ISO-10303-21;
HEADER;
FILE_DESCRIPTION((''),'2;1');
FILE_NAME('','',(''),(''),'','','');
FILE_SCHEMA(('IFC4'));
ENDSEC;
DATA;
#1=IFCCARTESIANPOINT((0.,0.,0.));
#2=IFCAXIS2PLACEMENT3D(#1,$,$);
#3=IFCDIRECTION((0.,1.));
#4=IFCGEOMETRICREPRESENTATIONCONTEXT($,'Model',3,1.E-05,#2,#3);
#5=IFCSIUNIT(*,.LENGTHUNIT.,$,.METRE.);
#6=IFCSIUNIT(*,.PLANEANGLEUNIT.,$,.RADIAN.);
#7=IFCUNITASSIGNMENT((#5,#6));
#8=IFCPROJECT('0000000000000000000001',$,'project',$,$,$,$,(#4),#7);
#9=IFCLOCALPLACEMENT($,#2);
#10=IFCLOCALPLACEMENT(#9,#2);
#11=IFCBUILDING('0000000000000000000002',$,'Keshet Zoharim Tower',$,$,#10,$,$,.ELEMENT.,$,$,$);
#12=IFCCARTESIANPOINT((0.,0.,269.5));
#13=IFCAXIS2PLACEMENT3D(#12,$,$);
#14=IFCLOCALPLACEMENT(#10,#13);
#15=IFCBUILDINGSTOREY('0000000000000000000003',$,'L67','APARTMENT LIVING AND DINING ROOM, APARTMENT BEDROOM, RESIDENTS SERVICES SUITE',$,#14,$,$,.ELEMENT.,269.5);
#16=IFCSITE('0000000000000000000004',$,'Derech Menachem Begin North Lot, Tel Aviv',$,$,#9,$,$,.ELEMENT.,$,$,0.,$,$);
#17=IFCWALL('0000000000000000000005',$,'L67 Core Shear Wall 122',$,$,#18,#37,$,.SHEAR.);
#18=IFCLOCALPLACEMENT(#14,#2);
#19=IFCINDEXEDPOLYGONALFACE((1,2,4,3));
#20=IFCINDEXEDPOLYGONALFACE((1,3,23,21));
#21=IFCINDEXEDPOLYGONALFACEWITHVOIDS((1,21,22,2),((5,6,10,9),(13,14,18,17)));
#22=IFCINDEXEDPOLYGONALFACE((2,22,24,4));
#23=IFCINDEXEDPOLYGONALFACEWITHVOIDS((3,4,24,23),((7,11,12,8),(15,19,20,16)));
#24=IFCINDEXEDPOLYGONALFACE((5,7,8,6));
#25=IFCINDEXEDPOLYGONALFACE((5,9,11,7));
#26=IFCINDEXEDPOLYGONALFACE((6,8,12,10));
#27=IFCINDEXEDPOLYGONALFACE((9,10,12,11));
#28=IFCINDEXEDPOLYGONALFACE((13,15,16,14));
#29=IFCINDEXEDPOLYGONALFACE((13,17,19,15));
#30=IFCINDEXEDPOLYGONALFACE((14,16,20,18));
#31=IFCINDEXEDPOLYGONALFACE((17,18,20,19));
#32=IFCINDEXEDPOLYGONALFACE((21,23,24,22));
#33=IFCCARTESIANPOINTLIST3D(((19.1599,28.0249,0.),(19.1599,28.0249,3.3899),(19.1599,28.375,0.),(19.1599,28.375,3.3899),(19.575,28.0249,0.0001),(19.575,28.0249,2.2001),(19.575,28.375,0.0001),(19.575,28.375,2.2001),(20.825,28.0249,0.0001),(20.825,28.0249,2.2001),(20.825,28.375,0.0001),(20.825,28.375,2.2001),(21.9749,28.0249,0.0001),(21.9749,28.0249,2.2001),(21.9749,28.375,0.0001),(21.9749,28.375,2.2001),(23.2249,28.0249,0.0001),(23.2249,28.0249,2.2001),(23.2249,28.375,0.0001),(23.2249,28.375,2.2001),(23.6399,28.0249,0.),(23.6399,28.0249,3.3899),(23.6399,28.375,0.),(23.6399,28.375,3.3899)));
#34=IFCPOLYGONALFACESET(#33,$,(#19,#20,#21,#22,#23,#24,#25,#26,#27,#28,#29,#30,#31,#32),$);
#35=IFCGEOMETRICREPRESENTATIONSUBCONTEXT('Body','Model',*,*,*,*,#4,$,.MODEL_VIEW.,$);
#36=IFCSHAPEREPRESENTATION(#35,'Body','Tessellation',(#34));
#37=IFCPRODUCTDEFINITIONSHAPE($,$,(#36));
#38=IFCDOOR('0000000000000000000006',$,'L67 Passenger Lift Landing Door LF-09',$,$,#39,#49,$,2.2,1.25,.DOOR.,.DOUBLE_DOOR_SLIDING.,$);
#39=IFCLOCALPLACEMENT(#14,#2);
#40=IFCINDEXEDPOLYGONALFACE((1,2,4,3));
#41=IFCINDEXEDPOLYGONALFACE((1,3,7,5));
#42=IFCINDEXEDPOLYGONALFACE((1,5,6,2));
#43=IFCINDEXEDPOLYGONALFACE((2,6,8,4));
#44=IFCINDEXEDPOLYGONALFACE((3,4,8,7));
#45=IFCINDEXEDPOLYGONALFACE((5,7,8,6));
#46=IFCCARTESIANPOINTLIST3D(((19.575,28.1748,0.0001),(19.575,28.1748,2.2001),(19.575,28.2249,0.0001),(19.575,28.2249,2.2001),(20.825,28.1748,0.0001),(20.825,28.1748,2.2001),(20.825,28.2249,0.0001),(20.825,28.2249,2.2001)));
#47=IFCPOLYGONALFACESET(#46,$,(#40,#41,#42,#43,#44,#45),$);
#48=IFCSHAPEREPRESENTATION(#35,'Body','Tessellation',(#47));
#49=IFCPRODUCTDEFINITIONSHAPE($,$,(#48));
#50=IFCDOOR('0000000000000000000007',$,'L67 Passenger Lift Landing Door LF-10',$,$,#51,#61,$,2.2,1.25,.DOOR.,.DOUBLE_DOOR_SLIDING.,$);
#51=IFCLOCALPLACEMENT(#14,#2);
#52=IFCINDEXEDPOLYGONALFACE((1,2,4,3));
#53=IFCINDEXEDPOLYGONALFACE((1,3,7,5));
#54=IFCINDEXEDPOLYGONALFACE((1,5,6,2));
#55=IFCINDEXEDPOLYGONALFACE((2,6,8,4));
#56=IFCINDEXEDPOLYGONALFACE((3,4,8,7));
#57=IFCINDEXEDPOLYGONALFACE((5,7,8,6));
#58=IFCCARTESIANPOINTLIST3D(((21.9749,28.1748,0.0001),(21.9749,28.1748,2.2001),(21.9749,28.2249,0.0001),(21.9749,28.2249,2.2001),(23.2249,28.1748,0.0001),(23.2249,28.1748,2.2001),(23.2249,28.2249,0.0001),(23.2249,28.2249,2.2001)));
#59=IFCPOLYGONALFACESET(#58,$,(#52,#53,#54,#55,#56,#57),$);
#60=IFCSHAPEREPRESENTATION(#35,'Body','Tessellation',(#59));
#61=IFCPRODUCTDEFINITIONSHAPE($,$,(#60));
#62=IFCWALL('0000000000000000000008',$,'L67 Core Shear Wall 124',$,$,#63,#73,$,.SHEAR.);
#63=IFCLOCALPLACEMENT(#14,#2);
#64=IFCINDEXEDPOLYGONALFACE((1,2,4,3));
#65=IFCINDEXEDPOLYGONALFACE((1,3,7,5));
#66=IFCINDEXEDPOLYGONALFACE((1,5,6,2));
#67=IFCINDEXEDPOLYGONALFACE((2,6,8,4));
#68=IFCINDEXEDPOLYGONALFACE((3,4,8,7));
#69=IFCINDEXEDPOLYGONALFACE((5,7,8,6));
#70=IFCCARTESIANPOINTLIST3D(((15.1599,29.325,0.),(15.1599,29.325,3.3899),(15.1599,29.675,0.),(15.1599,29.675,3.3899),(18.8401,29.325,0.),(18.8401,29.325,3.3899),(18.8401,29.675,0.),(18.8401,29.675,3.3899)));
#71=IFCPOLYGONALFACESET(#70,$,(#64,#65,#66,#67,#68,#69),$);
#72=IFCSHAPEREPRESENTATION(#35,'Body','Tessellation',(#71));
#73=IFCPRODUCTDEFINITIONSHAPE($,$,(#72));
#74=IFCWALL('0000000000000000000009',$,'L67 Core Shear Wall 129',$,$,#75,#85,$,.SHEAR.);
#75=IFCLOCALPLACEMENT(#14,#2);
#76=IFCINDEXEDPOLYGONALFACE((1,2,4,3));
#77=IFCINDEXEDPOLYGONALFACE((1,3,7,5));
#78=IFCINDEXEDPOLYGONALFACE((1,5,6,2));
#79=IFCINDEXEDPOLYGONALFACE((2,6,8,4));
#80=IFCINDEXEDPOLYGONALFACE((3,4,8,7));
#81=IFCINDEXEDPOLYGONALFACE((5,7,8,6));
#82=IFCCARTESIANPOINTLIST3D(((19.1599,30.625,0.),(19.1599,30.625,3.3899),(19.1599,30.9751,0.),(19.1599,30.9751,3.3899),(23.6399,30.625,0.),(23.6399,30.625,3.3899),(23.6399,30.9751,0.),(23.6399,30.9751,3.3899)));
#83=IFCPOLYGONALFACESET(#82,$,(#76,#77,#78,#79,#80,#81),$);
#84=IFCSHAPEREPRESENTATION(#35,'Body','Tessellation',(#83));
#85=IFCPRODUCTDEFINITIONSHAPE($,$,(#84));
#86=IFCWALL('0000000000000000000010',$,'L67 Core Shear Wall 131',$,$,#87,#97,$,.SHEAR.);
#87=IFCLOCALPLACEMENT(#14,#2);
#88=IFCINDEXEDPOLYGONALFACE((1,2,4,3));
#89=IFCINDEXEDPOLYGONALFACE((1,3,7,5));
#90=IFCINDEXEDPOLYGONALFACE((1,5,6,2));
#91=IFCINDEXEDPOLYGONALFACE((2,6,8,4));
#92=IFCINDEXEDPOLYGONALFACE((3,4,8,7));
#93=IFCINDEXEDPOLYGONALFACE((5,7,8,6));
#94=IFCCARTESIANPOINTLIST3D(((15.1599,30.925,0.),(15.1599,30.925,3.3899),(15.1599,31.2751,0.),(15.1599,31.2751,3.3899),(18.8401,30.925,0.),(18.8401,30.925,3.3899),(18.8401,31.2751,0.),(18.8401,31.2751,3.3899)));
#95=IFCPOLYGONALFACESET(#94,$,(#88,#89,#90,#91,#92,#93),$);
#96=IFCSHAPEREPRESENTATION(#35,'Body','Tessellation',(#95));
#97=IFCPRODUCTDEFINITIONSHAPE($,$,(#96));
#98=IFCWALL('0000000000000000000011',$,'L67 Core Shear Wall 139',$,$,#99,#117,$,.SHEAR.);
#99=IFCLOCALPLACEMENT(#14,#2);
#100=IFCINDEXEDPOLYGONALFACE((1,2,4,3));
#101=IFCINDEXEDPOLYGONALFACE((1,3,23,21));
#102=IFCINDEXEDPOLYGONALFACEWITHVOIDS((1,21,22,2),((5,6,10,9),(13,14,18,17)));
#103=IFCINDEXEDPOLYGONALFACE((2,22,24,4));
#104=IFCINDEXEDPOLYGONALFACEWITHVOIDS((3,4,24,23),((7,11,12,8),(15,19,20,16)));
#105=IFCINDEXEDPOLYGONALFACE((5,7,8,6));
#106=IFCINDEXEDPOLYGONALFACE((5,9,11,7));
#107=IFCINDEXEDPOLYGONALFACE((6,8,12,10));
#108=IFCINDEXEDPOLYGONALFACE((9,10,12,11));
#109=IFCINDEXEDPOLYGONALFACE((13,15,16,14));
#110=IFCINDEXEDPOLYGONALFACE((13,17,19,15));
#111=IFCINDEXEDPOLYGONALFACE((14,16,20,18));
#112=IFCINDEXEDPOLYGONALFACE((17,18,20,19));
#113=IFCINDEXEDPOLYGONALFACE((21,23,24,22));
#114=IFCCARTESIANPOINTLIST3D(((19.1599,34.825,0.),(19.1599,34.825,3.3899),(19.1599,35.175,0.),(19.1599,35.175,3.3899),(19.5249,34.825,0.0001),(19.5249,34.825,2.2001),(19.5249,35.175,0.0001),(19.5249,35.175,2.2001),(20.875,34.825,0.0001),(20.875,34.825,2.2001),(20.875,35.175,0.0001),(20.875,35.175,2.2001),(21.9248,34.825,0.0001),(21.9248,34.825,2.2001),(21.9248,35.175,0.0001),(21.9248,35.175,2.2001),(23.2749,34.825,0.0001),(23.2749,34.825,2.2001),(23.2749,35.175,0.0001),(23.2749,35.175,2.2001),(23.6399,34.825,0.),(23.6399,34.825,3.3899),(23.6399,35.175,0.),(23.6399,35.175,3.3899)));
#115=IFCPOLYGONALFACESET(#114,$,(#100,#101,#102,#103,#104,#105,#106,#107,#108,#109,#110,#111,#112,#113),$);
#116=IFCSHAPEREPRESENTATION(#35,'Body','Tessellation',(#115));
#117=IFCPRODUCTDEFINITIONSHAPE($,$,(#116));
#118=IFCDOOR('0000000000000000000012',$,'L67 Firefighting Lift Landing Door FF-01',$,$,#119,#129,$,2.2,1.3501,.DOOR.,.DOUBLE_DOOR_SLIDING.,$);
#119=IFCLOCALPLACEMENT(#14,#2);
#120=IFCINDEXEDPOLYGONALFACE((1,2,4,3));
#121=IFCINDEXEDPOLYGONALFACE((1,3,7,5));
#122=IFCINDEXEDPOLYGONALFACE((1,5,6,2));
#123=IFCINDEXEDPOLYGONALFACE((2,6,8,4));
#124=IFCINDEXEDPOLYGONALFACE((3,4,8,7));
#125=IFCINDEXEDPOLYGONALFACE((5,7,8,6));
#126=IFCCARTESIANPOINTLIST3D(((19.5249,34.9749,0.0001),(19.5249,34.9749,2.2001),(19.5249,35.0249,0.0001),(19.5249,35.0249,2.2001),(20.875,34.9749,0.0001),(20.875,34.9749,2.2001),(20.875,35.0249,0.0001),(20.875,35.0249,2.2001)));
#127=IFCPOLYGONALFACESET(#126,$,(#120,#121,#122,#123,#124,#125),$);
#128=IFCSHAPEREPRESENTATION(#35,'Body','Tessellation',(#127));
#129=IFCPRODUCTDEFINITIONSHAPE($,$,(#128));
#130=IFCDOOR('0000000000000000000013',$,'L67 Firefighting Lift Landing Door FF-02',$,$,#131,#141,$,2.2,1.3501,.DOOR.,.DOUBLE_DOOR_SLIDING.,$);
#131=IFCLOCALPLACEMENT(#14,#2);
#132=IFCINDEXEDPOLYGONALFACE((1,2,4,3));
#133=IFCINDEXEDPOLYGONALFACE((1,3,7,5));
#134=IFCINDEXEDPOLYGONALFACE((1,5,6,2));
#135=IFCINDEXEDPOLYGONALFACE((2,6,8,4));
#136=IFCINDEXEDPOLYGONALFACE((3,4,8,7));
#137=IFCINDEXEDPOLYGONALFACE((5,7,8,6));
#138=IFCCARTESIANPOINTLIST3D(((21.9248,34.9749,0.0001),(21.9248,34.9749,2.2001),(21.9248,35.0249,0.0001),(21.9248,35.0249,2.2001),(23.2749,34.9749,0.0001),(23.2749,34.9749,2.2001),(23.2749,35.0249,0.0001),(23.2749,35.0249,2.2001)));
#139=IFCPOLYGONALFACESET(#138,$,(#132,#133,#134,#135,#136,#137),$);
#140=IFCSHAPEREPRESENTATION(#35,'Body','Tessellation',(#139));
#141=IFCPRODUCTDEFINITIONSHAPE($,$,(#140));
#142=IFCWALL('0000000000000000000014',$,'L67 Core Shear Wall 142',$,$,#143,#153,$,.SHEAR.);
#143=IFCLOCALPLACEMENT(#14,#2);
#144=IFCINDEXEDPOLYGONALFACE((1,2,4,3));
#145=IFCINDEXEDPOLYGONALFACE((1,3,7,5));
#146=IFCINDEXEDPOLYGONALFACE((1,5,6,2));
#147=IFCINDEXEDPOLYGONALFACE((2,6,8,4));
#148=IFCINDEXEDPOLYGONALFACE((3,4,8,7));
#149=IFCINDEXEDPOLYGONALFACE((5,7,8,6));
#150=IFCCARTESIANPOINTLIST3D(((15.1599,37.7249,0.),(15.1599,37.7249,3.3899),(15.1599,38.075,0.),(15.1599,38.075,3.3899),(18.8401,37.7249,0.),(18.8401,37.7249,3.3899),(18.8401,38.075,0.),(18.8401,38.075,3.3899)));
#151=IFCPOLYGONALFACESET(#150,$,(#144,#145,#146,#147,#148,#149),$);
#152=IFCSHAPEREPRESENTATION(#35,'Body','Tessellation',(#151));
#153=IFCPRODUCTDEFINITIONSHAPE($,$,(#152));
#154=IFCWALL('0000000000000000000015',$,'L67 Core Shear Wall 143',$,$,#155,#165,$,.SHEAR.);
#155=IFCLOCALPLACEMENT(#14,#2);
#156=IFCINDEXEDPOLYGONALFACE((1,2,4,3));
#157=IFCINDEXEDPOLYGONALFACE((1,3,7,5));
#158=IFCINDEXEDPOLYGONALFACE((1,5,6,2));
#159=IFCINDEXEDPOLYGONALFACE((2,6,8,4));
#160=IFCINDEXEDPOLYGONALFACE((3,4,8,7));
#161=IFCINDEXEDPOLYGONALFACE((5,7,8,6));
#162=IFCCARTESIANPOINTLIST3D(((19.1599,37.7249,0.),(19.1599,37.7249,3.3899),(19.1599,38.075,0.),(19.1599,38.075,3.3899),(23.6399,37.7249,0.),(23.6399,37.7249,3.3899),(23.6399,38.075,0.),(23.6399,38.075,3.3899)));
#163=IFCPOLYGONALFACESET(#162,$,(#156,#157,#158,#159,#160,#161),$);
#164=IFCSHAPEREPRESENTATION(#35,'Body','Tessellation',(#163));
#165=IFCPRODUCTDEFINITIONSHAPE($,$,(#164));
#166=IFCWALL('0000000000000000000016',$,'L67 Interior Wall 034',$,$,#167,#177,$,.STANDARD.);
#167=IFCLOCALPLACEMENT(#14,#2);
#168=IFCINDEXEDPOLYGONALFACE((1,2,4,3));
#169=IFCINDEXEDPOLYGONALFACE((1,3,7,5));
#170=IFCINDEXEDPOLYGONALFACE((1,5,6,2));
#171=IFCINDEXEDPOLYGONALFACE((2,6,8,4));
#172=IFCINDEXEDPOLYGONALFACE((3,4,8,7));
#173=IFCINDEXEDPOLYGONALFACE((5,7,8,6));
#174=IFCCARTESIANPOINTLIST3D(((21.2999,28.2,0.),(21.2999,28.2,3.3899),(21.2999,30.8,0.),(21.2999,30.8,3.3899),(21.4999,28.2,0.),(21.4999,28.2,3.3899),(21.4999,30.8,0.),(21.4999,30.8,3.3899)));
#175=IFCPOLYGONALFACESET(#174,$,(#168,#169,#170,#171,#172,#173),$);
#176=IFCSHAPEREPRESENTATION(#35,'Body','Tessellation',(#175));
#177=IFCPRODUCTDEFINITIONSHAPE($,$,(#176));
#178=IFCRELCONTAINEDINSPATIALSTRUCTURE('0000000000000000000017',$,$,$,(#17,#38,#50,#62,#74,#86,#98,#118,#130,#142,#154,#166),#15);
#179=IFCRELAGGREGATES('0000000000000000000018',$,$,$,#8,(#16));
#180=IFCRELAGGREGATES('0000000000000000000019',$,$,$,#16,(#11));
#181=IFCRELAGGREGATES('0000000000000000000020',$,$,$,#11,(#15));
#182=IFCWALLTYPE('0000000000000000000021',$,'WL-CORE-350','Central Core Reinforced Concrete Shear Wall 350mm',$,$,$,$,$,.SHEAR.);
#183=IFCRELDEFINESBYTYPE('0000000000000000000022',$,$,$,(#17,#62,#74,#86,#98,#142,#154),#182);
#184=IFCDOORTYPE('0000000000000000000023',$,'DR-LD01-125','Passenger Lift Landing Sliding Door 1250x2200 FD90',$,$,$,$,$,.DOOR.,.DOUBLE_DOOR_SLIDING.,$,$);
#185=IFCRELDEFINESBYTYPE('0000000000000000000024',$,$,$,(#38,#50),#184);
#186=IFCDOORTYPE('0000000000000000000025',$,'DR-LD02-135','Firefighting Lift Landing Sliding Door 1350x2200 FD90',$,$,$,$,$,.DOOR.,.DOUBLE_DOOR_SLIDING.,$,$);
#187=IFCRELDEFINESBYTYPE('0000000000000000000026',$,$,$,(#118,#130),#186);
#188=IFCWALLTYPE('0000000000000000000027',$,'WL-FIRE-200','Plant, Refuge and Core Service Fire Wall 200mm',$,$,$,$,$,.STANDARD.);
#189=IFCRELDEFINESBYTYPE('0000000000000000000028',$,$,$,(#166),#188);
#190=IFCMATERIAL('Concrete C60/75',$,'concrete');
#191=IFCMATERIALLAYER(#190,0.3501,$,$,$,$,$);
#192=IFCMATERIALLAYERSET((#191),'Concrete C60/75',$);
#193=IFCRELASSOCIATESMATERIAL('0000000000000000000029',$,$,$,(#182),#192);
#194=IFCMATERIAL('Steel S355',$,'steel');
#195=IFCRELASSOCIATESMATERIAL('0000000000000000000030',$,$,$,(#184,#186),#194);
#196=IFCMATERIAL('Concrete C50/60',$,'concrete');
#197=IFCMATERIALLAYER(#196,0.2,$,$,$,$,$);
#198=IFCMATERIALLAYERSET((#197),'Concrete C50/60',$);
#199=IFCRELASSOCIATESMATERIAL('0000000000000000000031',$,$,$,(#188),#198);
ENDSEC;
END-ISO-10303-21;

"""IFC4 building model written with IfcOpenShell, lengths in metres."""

from ifc_helpers import new_model, si_unit, direction, frame, frame_2d, origin, place, context, subcontext, project, spatial, rectangle, extrude, material, layer, layer_set, type_object, element, fill, save


model = new_model("IFC4")

# Units and contexts
model_context = context("Model", 3, precision=1e-05, world=origin(), true_north=direction((0.0, 1.0)))
body_context = subcontext(model_context, "Body", "Model", "MODEL_VIEW")
ifc_project = project(units=[si_unit("LENGTHUNIT", "METRE"), si_unit("PLANEANGLEUNIT", "RADIAN")], contexts=[model_context])

# Site, building, storey
site_placement = place(None, origin())
site = spatial("IfcSite", under=ifc_project, at=site_placement, Name="Derech Menachem Begin North Lot, Tel Aviv", CompositionType="ELEMENT", RefElevation=0.0)
building_placement = place(site_placement, origin())
building = spatial("IfcBuilding", under=site, at=building_placement, Name="Keshet Zoharim Tower", CompositionType="ELEMENT")
storey_placement = place(building_placement, frame((0.0, 0.0, 269.5)))
storey = spatial("IfcBuildingStorey", under=building, at=storey_placement, Name="L67", Description="APARTMENT LIVING AND DINING ROOM, APARTMENT BEDROOM, RESIDENTS SERVICES SUITE", CompositionType="ELEMENT", Elevation=269.5)

# Shared definitions
ifc_material_1 = material(Name="Steel S355", Category="steel")

# Shared definitions
ifc_material_2 = material(Name="Concrete C60/75", Category="concrete")
ifc_layer_1 = layer(ifc_material_2, 0.3501)
ifc_layer_set_1 = layer_set([ifc_layer_1], Name="Concrete C60/75")
wall_type_1 = type_object("IfcWallType", Name="WL-CORE-350", Description="Central Core Reinforced Concrete Shear Wall 350mm", PredefinedType="SHEAR", material=ifc_layer_set_1)

# Wall, openings, doors
wall_1_placement = place(storey_placement, frame((19.1599, 28.2, 0.0), z_axis=(0.0, 0.0, 1.0), x_axis=(1.0, 0.0, 0.0)))
wall_1 = element("IfcWall", 1, at=wall_1_placement, inside=storey, type_object=wall_type_1, Name="L67 Core Shear Wall 122", PredefinedType="SHEAR", context=body_context, shape_type="SweptSolid", body=[
    extrude(rectangle(XDim=4.48, YDim=0.3501, at=frame_2d((2.24, 0.0))), origin(), (0.0, 0.0, 1.0), 3.3899),
])
opening_1_placement = place(wall_1_placement, frame((0.415, 0.0, 0.0)))
opening_1 = element("IfcOpeningElement", 2, at=opening_1_placement, cuts=wall_1, PredefinedType="OPENING", context=body_context, shape_type="SweptSolid", body=[
    extrude(rectangle(XDim=1.25, YDim=2.2, at=frame_2d((0.625, 1.1001))), frame((0.0, 0.1851, 0.0), z_axis=(0.0, -1.0, 0.0), x_axis=(1.0, 0.0, 0.0)), (0.0, 0.0, 1.0), 0.3701),
])
opening_2_placement = place(wall_1_placement, frame((2.8149, 0.0, 0.0)))
opening_2 = element("IfcOpeningElement", 3, at=opening_2_placement, cuts=wall_1, PredefinedType="OPENING", context=body_context, shape_type="SweptSolid", body=[
    extrude(rectangle(XDim=1.25, YDim=2.2, at=frame_2d((0.625, 1.1001))), frame((0.0, 0.1851, 0.0), z_axis=(0.0, -1.0, 0.0), x_axis=(1.0, 0.0, 0.0)), (0.0, 0.0, 1.0), 0.3701),
])
door_type_1 = type_object("IfcDoorType", Name="DR-LD01-125", Description="Passenger Lift Landing Sliding Door 1250x2200 FD90", OperationType="DOUBLE_DOOR_SLIDING", PredefinedType="DOOR", material=ifc_material_1)
door_1_placement = place(opening_1_placement, origin())
door_1 = element("IfcDoor", 4, at=door_1_placement, inside=storey, type_object=door_type_1, Name="L67 Passenger Lift Landing Door LF-09", OperationType="DOUBLE_DOOR_SLIDING", OverallHeight=2.2, OverallWidth=1.25, PredefinedType="DOOR", context=body_context, shape_type="SweptSolid", body=[
    extrude(rectangle(XDim=1.25, YDim=2.2, at=frame_2d((0.625, 1.1001))), frame((0.0, 0.0249, 0.0), z_axis=(0.0, -1.0, 0.0), x_axis=(1.0, 0.0, 0.0)), (0.0, 0.0, 1.0), 0.05),
])
fill(opening_1, door_1)
door_2_placement = place(opening_2_placement, origin())
door_2 = element("IfcDoor", 5, at=door_2_placement, inside=storey, type_object=door_type_1, Name="L67 Passenger Lift Landing Door LF-10", OperationType="DOUBLE_DOOR_SLIDING", OverallHeight=2.2, OverallWidth=1.25, PredefinedType="DOOR", context=body_context, shape_type="SweptSolid", body=[
    extrude(rectangle(XDim=1.25, YDim=2.2, at=frame_2d((0.625, 1.1001))), frame((0.0, 0.0249, 0.0), z_axis=(0.0, -1.0, 0.0), x_axis=(1.0, 0.0, 0.0)), (0.0, 0.0, 1.0), 0.05),
])
fill(opening_2, door_2)

# Walls
wall_2_placement = place(storey_placement, frame((15.1599, 29.5, 0.0), z_axis=(0.0, 0.0, 1.0), x_axis=(1.0, 0.0, 0.0)))
element("IfcWall", 6, at=wall_2_placement, inside=storey, type_object=wall_type_1, Name="L67 Core Shear Wall 124", PredefinedType="SHEAR", context=body_context, shape_type="SweptSolid", body=[
    extrude(rectangle(XDim=3.6802, YDim=0.3501, at=frame_2d((1.8401, 0.0))), origin(), (0.0, 0.0, 1.0), 3.3899),
])
wall_3_placement = place(storey_placement, frame((19.1599, 30.8, 0.0), z_axis=(0.0, 0.0, 1.0), x_axis=(1.0, 0.0, 0.0)))
element("IfcWall", 7, at=wall_3_placement, inside=storey, type_object=wall_type_1, Name="L67 Core Shear Wall 129", PredefinedType="SHEAR", context=body_context, shape_type="SweptSolid", body=[
    extrude(rectangle(XDim=4.48, YDim=0.3501, at=frame_2d((2.24, 0.0))), origin(), (0.0, 0.0, 1.0), 3.3899),
])
wall_4_placement = place(storey_placement, frame((15.1599, 31.1001, 0.0), z_axis=(0.0, 0.0, 1.0), x_axis=(1.0, 0.0, 0.0)))
element("IfcWall", 8, at=wall_4_placement, inside=storey, type_object=wall_type_1, Name="L67 Core Shear Wall 131", PredefinedType="SHEAR", context=body_context, shape_type="SweptSolid", body=[
    extrude(rectangle(XDim=3.6802, YDim=0.3501, at=frame_2d((1.8401, 0.0))), origin(), (0.0, 0.0, 1.0), 3.3899),
])

# Wall, openings, doors
wall_5_placement = place(storey_placement, frame((19.1599, 35.0, 0.0), z_axis=(0.0, 0.0, 1.0), x_axis=(1.0, 0.0, 0.0)))
wall_5 = element("IfcWall", 9, at=wall_5_placement, inside=storey, type_object=wall_type_1, Name="L67 Core Shear Wall 139", PredefinedType="SHEAR", context=body_context, shape_type="SweptSolid", body=[
    extrude(rectangle(XDim=4.48, YDim=0.3501, at=frame_2d((2.24, 0.0))), origin(), (0.0, 0.0, 1.0), 3.3899),
])
opening_3_placement = place(wall_5_placement, frame((0.365, 0.0, 0.0)))
opening_3 = element("IfcOpeningElement", 10, at=opening_3_placement, cuts=wall_5, PredefinedType="OPENING", context=body_context, shape_type="SweptSolid", body=[
    extrude(rectangle(XDim=1.3501, YDim=2.2, at=frame_2d((0.675, 1.1001))), frame((0.0, 0.1851, 0.0), z_axis=(0.0, -1.0, 0.0), x_axis=(1.0, 0.0, 0.0)), (0.0, 0.0, 1.0), 0.3701),
])
opening_4_placement = place(wall_5_placement, frame((2.7649, 0.0, 0.0)))
opening_4 = element("IfcOpeningElement", 11, at=opening_4_placement, cuts=wall_5, PredefinedType="OPENING", context=body_context, shape_type="SweptSolid", body=[
    extrude(rectangle(XDim=1.3501, YDim=2.2, at=frame_2d((0.675, 1.1001))), frame((0.0, 0.1851, 0.0), z_axis=(0.0, -1.0, 0.0), x_axis=(1.0, 0.0, 0.0)), (0.0, 0.0, 1.0), 0.3701),
])
door_type_2 = type_object("IfcDoorType", Name="DR-LD02-135", Description="Firefighting Lift Landing Sliding Door 1350x2200 FD90", OperationType="DOUBLE_DOOR_SLIDING", PredefinedType="DOOR", material=ifc_material_1)
door_3_placement = place(opening_3_placement, origin())
door_3 = element("IfcDoor", 12, at=door_3_placement, inside=storey, type_object=door_type_2, Name="L67 Firefighting Lift Landing Door FF-01", OperationType="DOUBLE_DOOR_SLIDING", OverallHeight=2.2, OverallWidth=1.3501, PredefinedType="DOOR", context=body_context, shape_type="SweptSolid", body=[
    extrude(rectangle(XDim=1.3501, YDim=2.2, at=frame_2d((0.675, 1.1001))), frame((0.0, 0.0249, 0.0), z_axis=(0.0, -1.0, 0.0), x_axis=(1.0, 0.0, 0.0)), (0.0, 0.0, 1.0), 0.05),
])
fill(opening_3, door_3)
door_4_placement = place(opening_4_placement, origin())
door_4 = element("IfcDoor", 13, at=door_4_placement, inside=storey, type_object=door_type_2, Name="L67 Firefighting Lift Landing Door FF-02", OperationType="DOUBLE_DOOR_SLIDING", OverallHeight=2.2, OverallWidth=1.3501, PredefinedType="DOOR", context=body_context, shape_type="SweptSolid", body=[
    extrude(rectangle(XDim=1.3501, YDim=2.2, at=frame_2d((0.675, 1.1001))), frame((0.0, 0.0249, 0.0), z_axis=(0.0, -1.0, 0.0), x_axis=(1.0, 0.0, 0.0)), (0.0, 0.0, 1.0), 0.05),
])
fill(opening_4, door_4)

# Walls
wall_6_placement = place(storey_placement, frame((15.1599, 37.8999, 0.0), z_axis=(0.0, 0.0, 1.0), x_axis=(1.0, 0.0, 0.0)))
element("IfcWall", 14, at=wall_6_placement, inside=storey, type_object=wall_type_1, Name="L67 Core Shear Wall 142", PredefinedType="SHEAR", context=body_context, shape_type="SweptSolid", body=[
    extrude(rectangle(XDim=3.6802, YDim=0.3501, at=frame_2d((1.8401, 0.0))), origin(), (0.0, 0.0, 1.0), 3.3899),
])
wall_7_placement = place(storey_placement, frame((19.1599, 37.8999, 0.0), z_axis=(0.0, 0.0, 1.0), x_axis=(1.0, 0.0, 0.0)))
element("IfcWall", 15, at=wall_7_placement, inside=storey, type_object=wall_type_1, Name="L67 Core Shear Wall 143", PredefinedType="SHEAR", context=body_context, shape_type="SweptSolid", body=[
    extrude(rectangle(XDim=4.48, YDim=0.3501, at=frame_2d((2.24, 0.0))), origin(), (0.0, 0.0, 1.0), 3.3899),
])
ifc_material_3 = material(Name="Concrete C50/60", Category="concrete")
ifc_layer_2 = layer(ifc_material_3, 0.2)
ifc_layer_set_2 = layer_set([ifc_layer_2], Name="Concrete C50/60")
wall_type_2 = type_object("IfcWallType", Name="WL-FIRE-200", Description="Plant, Refuge and Core Service Fire Wall 200mm", PredefinedType="STANDARD", material=ifc_layer_set_2)
wall_8_placement = place(storey_placement, frame((21.3999, 28.2, 0.0), z_axis=(0.0, 0.0, 1.0), x_axis=(0.0, 1.0, 0.0)))
element("IfcWall", 16, at=wall_8_placement, inside=storey, type_object=wall_type_2, Name="L67 Interior Wall 034", PredefinedType="STANDARD", context=body_context, shape_type="SweptSolid", body=[
    extrude(rectangle(XDim=2.6001, YDim=0.2, at=frame_2d((1.3, 0.0))), origin(), (0.0, 0.0, 1.0), 3.3899),
])

save(model, "model.ifc")
